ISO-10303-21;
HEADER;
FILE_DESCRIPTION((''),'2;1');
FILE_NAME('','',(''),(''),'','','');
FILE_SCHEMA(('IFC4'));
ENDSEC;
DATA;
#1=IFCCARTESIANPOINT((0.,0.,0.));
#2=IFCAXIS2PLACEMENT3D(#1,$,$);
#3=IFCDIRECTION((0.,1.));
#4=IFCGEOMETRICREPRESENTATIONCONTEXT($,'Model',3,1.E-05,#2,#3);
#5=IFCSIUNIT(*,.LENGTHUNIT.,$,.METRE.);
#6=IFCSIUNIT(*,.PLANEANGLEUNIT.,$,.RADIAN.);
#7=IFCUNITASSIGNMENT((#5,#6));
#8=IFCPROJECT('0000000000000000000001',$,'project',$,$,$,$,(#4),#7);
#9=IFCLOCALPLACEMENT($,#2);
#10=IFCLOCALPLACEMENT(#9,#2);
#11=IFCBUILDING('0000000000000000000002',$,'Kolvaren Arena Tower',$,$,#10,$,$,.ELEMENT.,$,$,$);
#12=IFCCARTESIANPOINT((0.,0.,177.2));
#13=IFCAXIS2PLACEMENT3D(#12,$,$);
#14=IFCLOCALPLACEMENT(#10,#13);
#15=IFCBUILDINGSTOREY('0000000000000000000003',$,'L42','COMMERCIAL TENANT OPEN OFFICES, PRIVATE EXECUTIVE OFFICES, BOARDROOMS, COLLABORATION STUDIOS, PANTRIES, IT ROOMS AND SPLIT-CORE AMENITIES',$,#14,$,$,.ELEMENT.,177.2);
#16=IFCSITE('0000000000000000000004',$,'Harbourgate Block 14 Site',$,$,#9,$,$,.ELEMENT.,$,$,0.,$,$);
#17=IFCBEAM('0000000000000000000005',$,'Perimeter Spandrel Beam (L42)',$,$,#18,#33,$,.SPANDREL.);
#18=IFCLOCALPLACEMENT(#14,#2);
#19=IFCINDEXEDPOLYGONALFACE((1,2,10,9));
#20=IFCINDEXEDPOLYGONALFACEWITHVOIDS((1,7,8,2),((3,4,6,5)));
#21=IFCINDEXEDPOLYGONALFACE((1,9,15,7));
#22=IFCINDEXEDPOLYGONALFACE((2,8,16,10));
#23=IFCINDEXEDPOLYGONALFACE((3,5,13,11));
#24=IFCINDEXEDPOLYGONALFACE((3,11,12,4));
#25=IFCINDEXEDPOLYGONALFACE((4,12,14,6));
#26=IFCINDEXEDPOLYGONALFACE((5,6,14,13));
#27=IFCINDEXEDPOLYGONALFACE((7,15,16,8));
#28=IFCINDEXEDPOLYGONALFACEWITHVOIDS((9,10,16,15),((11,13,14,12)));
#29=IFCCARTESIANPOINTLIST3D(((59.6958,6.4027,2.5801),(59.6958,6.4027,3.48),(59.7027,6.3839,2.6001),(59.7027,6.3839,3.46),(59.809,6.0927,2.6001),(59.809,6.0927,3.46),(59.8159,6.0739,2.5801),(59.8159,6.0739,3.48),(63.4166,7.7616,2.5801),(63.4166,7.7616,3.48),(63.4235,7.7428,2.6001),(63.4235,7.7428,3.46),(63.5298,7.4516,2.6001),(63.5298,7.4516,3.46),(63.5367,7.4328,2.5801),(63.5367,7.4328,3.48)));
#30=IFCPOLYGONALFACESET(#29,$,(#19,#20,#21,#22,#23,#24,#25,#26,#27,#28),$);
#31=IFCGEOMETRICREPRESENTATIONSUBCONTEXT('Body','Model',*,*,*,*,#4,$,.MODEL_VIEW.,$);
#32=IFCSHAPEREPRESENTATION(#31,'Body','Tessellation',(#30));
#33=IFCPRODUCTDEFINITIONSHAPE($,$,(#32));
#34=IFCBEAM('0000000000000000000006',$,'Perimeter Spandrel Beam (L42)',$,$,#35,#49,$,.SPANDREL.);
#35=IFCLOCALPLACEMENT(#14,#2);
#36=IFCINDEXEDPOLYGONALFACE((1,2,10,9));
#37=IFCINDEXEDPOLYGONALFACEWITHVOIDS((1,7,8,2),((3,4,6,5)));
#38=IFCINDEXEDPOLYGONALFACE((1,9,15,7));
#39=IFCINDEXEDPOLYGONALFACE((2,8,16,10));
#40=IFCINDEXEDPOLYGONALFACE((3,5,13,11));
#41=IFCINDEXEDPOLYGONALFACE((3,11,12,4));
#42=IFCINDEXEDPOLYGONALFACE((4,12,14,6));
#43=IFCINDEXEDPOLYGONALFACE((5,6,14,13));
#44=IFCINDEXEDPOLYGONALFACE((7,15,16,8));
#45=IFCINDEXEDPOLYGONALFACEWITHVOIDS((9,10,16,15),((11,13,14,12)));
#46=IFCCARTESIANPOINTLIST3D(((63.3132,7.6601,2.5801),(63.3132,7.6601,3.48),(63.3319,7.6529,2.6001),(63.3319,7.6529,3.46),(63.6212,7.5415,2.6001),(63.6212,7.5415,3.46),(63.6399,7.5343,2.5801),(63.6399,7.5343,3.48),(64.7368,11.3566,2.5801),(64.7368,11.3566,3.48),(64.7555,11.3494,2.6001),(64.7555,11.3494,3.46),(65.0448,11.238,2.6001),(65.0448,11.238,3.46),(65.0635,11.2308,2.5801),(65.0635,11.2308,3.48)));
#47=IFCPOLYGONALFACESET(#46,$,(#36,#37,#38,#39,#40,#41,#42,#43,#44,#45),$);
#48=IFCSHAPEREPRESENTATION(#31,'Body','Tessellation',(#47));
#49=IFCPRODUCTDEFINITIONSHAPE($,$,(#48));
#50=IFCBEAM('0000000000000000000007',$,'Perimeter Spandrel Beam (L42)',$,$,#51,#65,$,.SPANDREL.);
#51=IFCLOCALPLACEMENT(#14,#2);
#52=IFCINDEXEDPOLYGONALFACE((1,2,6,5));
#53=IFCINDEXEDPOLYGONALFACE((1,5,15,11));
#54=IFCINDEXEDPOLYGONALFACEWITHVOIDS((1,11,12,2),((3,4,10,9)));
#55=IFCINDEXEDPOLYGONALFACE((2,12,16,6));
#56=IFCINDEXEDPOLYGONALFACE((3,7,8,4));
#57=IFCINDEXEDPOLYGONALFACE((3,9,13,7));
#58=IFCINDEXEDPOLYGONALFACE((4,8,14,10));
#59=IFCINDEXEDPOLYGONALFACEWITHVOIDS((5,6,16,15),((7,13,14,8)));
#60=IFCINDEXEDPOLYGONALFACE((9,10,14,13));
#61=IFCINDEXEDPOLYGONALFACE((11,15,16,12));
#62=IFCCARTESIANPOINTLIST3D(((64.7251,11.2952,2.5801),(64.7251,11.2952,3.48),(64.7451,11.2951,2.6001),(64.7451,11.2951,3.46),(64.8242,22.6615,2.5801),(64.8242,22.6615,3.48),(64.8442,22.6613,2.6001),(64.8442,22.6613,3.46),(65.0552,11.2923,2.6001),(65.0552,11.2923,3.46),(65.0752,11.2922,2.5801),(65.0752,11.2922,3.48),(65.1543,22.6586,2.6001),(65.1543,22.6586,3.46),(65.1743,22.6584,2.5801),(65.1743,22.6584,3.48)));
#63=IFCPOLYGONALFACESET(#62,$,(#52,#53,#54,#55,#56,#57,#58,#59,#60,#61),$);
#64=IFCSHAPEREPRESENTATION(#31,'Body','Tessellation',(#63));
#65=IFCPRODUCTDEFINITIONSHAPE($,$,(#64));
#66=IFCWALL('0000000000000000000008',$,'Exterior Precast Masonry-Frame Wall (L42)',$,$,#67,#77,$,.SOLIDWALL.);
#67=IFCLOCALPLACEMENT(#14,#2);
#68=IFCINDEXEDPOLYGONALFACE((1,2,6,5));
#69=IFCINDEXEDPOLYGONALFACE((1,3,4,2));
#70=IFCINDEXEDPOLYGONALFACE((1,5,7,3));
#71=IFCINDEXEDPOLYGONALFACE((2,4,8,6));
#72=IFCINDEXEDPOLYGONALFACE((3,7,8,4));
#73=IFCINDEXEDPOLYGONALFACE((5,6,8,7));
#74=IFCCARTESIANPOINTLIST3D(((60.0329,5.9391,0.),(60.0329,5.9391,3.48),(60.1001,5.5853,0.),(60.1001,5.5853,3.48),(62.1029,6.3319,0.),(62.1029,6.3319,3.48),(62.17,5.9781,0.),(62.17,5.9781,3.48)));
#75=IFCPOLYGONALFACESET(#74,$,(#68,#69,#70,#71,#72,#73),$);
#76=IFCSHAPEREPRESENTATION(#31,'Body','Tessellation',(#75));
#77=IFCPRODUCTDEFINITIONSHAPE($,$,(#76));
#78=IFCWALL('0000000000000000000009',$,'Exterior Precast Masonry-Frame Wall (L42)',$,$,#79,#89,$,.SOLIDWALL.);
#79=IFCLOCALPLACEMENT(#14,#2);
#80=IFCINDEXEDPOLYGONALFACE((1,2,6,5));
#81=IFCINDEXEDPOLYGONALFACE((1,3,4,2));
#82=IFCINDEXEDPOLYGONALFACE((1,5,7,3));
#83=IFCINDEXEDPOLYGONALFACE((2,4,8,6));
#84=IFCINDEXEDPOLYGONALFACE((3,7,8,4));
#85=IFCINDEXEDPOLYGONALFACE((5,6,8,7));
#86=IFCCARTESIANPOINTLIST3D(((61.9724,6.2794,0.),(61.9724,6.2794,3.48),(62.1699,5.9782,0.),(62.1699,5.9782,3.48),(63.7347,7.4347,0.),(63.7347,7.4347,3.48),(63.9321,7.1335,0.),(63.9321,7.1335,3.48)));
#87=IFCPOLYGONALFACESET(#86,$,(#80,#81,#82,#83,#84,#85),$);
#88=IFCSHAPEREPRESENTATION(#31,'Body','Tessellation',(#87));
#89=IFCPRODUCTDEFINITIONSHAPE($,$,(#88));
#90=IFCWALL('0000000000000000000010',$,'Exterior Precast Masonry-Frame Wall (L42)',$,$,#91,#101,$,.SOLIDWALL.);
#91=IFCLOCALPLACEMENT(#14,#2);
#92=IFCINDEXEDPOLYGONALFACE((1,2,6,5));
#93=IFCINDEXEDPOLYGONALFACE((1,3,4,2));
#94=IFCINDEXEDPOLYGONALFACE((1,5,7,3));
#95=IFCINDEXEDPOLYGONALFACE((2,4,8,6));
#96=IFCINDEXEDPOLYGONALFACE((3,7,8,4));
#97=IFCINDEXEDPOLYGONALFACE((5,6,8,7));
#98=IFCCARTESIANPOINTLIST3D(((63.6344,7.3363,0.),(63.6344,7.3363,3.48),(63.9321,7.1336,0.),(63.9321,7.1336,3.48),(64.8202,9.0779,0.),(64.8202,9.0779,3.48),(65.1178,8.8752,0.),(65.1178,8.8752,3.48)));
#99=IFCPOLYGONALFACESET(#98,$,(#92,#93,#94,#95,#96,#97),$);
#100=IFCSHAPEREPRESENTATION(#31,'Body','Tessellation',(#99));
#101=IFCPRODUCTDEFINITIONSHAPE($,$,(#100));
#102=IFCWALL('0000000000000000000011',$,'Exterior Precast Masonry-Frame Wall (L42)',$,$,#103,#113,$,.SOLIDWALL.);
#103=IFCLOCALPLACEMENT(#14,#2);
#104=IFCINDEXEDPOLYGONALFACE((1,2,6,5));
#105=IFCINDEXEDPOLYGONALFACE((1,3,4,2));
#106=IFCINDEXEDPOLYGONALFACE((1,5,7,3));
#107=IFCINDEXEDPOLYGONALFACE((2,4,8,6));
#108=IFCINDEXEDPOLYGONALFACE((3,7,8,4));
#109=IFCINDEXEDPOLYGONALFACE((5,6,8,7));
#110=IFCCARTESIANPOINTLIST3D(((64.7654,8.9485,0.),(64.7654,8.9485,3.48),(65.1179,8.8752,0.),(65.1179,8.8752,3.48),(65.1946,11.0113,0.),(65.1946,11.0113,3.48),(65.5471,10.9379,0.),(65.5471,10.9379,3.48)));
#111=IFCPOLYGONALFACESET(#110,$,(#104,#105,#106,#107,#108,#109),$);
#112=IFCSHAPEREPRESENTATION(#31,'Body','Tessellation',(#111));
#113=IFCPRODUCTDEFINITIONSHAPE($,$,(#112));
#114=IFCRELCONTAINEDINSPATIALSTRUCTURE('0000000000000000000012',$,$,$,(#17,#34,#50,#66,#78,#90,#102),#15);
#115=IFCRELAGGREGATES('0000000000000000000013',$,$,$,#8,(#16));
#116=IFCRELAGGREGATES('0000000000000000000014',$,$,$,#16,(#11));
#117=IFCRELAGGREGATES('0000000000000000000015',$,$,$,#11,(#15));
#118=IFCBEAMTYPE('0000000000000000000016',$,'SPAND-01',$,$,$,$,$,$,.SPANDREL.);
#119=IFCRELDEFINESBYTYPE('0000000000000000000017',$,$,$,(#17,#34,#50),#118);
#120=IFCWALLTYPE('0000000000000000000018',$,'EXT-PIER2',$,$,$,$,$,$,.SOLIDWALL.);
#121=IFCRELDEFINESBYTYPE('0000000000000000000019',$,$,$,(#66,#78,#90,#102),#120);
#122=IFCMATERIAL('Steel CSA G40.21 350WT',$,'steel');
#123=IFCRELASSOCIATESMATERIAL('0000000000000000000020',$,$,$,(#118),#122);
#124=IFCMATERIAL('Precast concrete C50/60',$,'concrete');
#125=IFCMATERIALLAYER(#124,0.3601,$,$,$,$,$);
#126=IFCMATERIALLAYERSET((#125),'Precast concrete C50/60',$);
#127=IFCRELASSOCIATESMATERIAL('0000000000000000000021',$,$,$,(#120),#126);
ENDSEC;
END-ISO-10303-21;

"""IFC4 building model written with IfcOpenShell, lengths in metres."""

from ifc_helpers import new_model, si_unit, direction, frame, frame_2d, origin, origin_2d, place, context, subcontext, project, spatial, rectangle, hollow_rectangle, extrude, material, layer, layer_set, material_profile, profile_set, type_object, element, save


model = new_model("IFC4")

# Units and contexts
model_context = context("Model", 3, precision=1e-05, world=origin(), true_north=direction((0.0, 1.0)))
body_context = subcontext(model_context, "Body", "Model", "MODEL_VIEW")
ifc_project = project(units=[si_unit("LENGTHUNIT", "METRE"), si_unit("PLANEANGLEUNIT", "RADIAN")], contexts=[model_context])

# Site, building, storey
site_placement = place(None, origin())
site = spatial("IfcSite", under=ifc_project, at=site_placement, Name="Harbourgate Block 14 Site", CompositionType="ELEMENT", RefElevation=0.0)
building_placement = place(site_placement, origin())
building = spatial("IfcBuilding", under=site, at=building_placement, Name="Kolvaren Arena Tower", CompositionType="ELEMENT")
storey_placement = place(building_placement, frame((0.0, 0.0, 177.2)))
storey = spatial("IfcBuildingStorey", under=building, at=storey_placement, Name="L42", Description="COMMERCIAL TENANT OPEN OFFICES, PRIVATE EXECUTIVE OFFICES, BOARDROOMS, COLLABORATION STUDIOS, PANTRIES, IT ROOMS AND SPLIT-CORE AMENITIES", CompositionType="ELEMENT", Elevation=177.2)

# Beams
ifc_material_1 = material(Name="Steel CSA G40.21 350WT", Category="steel")
ifc_material_profile_1 = material_profile(ifc_material_1, hollow_rectangle(XDim=0.3501, YDim=0.8999, WallThickness=0.02, at=origin_2d()), Name="HSS 900x350x20")
ifc_profile_set_1 = profile_set([ifc_material_profile_1], Name="Steel CSA G40.21 350WT")
beam_type_1 = type_object("IfcBeamType", Name="SPAND-01", PredefinedType="SPANDREL", material=ifc_profile_set_1)
for number, where, z_axis, x_axis, name in (
    (1, (59.7559, 6.2383, 3.03), (0.939314, 0.343059, 0.0), (-0.343059, 0.939314, 0.0), "Perimeter Spandrel Beam (L42)"),
    (2, (63.4766, 7.5972, 3.03), (0.359384, 0.93319, 0.0), (-0.93319, 0.359384, 0.0), "Perimeter Spandrel Beam (L42)"),
):
    element("IfcBeam", number, at=place(storey_placement, frame(where, z_axis=z_axis, x_axis=x_axis)), inside=storey, type_object=beam_type_1, Name=name, PredefinedType="SPANDREL", context=body_context, shape_type="SweptSolid", body=[
        extrude(hollow_rectangle(XDim=0.3501, YDim=0.8999, WallThickness=0.02, at=origin_2d()), origin(), (0.0, 0.0, 1.0), 3.9612),
    ])
beam_1_placement = place(storey_placement, frame((64.9001, 11.2937, 3.03), z_axis=(0.00872, 0.999962, 0.0), x_axis=(-0.999962, 0.00872, 0.0)))
element("IfcBeam", 3, at=beam_1_placement, inside=storey, type_object=beam_type_1, Name="Perimeter Spandrel Beam (L42)", PredefinedType="SPANDREL", context=body_context, shape_type="SweptSolid", body=[
    extrude(hollow_rectangle(XDim=0.3501, YDim=0.8999, WallThickness=0.02, at=origin_2d()), origin(), (0.0, 0.0, 1.0), 11.3667),
])

# Walls
ifc_material_2 = material(Name="Precast concrete C50/60", Category="concrete")
ifc_layer_1 = layer(ifc_material_2, 0.3601)
ifc_layer_set_1 = layer_set([ifc_layer_1], Name="Precast concrete C50/60")
wall_type_1 = type_object("IfcWallType", Name="EXT-PIER2", PredefinedType="SOLIDWALL", material=ifc_layer_set_1)
wall_1_placement = place(storey_placement, frame((62.1365, 6.155, 0.0), z_axis=(0.0, 0.0, 1.0), x_axis=(-0.982467, -0.186436, 0.0)))
element("IfcWall", 4, at=wall_1_placement, inside=storey, type_object=wall_type_1, Name="Exterior Precast Masonry-Frame Wall (L42)", PredefinedType="SOLIDWALL", context=body_context, shape_type="SweptSolid", body=[
    extrude(rectangle(XDim=2.1069, YDim=0.3601, at=frame_2d((1.0535, 0.0))), origin(), (0.0, 0.0, 1.0), 3.48),
])
wall_2_placement = place(storey_placement, frame((63.8335, 7.2842, 0.0), z_axis=(0.0, 0.0, 1.0), x_axis=(-0.836304, -0.548267, 0.0)))
element("IfcWall", 5, at=wall_2_placement, inside=storey, type_object=wall_type_1, Name="Exterior Precast Masonry-Frame Wall (L42)", PredefinedType="SOLIDWALL", context=body_context, shape_type="SweptSolid", body=[
    extrude(rectangle(XDim=2.1072, YDim=0.3601, at=frame_2d((1.0537, 0.0))), origin(), (0.0, 0.0, 1.0), 3.48),
])
for number, where, z_axis, x_axis, name in (
    (6, (64.969, 8.9766, 0.0), (0.0, 0.0, 1.0), (-0.562776, -0.82661, 0.0), "Exterior Precast Masonry-Frame Wall (L42)"),
    (7, (65.3708, 10.9746, 0.0), (0.0, 0.0, 1.0), (-0.203709, -0.979031, 0.0), "Exterior Precast Masonry-Frame Wall (L42)"),
):
    element("IfcWall", number, at=place(storey_placement, frame(where, z_axis=z_axis, x_axis=x_axis)), inside=storey, type_object=wall_type_1, Name=name, PredefinedType="SOLIDWALL", context=body_context, shape_type="SweptSolid", body=[
        extrude(rectangle(XDim=2.1069, YDim=0.3601, at=frame_2d((1.0535, 0.0))), origin(), (0.0, 0.0, 1.0), 3.48),
    ])

save(model, "model.ifc")
